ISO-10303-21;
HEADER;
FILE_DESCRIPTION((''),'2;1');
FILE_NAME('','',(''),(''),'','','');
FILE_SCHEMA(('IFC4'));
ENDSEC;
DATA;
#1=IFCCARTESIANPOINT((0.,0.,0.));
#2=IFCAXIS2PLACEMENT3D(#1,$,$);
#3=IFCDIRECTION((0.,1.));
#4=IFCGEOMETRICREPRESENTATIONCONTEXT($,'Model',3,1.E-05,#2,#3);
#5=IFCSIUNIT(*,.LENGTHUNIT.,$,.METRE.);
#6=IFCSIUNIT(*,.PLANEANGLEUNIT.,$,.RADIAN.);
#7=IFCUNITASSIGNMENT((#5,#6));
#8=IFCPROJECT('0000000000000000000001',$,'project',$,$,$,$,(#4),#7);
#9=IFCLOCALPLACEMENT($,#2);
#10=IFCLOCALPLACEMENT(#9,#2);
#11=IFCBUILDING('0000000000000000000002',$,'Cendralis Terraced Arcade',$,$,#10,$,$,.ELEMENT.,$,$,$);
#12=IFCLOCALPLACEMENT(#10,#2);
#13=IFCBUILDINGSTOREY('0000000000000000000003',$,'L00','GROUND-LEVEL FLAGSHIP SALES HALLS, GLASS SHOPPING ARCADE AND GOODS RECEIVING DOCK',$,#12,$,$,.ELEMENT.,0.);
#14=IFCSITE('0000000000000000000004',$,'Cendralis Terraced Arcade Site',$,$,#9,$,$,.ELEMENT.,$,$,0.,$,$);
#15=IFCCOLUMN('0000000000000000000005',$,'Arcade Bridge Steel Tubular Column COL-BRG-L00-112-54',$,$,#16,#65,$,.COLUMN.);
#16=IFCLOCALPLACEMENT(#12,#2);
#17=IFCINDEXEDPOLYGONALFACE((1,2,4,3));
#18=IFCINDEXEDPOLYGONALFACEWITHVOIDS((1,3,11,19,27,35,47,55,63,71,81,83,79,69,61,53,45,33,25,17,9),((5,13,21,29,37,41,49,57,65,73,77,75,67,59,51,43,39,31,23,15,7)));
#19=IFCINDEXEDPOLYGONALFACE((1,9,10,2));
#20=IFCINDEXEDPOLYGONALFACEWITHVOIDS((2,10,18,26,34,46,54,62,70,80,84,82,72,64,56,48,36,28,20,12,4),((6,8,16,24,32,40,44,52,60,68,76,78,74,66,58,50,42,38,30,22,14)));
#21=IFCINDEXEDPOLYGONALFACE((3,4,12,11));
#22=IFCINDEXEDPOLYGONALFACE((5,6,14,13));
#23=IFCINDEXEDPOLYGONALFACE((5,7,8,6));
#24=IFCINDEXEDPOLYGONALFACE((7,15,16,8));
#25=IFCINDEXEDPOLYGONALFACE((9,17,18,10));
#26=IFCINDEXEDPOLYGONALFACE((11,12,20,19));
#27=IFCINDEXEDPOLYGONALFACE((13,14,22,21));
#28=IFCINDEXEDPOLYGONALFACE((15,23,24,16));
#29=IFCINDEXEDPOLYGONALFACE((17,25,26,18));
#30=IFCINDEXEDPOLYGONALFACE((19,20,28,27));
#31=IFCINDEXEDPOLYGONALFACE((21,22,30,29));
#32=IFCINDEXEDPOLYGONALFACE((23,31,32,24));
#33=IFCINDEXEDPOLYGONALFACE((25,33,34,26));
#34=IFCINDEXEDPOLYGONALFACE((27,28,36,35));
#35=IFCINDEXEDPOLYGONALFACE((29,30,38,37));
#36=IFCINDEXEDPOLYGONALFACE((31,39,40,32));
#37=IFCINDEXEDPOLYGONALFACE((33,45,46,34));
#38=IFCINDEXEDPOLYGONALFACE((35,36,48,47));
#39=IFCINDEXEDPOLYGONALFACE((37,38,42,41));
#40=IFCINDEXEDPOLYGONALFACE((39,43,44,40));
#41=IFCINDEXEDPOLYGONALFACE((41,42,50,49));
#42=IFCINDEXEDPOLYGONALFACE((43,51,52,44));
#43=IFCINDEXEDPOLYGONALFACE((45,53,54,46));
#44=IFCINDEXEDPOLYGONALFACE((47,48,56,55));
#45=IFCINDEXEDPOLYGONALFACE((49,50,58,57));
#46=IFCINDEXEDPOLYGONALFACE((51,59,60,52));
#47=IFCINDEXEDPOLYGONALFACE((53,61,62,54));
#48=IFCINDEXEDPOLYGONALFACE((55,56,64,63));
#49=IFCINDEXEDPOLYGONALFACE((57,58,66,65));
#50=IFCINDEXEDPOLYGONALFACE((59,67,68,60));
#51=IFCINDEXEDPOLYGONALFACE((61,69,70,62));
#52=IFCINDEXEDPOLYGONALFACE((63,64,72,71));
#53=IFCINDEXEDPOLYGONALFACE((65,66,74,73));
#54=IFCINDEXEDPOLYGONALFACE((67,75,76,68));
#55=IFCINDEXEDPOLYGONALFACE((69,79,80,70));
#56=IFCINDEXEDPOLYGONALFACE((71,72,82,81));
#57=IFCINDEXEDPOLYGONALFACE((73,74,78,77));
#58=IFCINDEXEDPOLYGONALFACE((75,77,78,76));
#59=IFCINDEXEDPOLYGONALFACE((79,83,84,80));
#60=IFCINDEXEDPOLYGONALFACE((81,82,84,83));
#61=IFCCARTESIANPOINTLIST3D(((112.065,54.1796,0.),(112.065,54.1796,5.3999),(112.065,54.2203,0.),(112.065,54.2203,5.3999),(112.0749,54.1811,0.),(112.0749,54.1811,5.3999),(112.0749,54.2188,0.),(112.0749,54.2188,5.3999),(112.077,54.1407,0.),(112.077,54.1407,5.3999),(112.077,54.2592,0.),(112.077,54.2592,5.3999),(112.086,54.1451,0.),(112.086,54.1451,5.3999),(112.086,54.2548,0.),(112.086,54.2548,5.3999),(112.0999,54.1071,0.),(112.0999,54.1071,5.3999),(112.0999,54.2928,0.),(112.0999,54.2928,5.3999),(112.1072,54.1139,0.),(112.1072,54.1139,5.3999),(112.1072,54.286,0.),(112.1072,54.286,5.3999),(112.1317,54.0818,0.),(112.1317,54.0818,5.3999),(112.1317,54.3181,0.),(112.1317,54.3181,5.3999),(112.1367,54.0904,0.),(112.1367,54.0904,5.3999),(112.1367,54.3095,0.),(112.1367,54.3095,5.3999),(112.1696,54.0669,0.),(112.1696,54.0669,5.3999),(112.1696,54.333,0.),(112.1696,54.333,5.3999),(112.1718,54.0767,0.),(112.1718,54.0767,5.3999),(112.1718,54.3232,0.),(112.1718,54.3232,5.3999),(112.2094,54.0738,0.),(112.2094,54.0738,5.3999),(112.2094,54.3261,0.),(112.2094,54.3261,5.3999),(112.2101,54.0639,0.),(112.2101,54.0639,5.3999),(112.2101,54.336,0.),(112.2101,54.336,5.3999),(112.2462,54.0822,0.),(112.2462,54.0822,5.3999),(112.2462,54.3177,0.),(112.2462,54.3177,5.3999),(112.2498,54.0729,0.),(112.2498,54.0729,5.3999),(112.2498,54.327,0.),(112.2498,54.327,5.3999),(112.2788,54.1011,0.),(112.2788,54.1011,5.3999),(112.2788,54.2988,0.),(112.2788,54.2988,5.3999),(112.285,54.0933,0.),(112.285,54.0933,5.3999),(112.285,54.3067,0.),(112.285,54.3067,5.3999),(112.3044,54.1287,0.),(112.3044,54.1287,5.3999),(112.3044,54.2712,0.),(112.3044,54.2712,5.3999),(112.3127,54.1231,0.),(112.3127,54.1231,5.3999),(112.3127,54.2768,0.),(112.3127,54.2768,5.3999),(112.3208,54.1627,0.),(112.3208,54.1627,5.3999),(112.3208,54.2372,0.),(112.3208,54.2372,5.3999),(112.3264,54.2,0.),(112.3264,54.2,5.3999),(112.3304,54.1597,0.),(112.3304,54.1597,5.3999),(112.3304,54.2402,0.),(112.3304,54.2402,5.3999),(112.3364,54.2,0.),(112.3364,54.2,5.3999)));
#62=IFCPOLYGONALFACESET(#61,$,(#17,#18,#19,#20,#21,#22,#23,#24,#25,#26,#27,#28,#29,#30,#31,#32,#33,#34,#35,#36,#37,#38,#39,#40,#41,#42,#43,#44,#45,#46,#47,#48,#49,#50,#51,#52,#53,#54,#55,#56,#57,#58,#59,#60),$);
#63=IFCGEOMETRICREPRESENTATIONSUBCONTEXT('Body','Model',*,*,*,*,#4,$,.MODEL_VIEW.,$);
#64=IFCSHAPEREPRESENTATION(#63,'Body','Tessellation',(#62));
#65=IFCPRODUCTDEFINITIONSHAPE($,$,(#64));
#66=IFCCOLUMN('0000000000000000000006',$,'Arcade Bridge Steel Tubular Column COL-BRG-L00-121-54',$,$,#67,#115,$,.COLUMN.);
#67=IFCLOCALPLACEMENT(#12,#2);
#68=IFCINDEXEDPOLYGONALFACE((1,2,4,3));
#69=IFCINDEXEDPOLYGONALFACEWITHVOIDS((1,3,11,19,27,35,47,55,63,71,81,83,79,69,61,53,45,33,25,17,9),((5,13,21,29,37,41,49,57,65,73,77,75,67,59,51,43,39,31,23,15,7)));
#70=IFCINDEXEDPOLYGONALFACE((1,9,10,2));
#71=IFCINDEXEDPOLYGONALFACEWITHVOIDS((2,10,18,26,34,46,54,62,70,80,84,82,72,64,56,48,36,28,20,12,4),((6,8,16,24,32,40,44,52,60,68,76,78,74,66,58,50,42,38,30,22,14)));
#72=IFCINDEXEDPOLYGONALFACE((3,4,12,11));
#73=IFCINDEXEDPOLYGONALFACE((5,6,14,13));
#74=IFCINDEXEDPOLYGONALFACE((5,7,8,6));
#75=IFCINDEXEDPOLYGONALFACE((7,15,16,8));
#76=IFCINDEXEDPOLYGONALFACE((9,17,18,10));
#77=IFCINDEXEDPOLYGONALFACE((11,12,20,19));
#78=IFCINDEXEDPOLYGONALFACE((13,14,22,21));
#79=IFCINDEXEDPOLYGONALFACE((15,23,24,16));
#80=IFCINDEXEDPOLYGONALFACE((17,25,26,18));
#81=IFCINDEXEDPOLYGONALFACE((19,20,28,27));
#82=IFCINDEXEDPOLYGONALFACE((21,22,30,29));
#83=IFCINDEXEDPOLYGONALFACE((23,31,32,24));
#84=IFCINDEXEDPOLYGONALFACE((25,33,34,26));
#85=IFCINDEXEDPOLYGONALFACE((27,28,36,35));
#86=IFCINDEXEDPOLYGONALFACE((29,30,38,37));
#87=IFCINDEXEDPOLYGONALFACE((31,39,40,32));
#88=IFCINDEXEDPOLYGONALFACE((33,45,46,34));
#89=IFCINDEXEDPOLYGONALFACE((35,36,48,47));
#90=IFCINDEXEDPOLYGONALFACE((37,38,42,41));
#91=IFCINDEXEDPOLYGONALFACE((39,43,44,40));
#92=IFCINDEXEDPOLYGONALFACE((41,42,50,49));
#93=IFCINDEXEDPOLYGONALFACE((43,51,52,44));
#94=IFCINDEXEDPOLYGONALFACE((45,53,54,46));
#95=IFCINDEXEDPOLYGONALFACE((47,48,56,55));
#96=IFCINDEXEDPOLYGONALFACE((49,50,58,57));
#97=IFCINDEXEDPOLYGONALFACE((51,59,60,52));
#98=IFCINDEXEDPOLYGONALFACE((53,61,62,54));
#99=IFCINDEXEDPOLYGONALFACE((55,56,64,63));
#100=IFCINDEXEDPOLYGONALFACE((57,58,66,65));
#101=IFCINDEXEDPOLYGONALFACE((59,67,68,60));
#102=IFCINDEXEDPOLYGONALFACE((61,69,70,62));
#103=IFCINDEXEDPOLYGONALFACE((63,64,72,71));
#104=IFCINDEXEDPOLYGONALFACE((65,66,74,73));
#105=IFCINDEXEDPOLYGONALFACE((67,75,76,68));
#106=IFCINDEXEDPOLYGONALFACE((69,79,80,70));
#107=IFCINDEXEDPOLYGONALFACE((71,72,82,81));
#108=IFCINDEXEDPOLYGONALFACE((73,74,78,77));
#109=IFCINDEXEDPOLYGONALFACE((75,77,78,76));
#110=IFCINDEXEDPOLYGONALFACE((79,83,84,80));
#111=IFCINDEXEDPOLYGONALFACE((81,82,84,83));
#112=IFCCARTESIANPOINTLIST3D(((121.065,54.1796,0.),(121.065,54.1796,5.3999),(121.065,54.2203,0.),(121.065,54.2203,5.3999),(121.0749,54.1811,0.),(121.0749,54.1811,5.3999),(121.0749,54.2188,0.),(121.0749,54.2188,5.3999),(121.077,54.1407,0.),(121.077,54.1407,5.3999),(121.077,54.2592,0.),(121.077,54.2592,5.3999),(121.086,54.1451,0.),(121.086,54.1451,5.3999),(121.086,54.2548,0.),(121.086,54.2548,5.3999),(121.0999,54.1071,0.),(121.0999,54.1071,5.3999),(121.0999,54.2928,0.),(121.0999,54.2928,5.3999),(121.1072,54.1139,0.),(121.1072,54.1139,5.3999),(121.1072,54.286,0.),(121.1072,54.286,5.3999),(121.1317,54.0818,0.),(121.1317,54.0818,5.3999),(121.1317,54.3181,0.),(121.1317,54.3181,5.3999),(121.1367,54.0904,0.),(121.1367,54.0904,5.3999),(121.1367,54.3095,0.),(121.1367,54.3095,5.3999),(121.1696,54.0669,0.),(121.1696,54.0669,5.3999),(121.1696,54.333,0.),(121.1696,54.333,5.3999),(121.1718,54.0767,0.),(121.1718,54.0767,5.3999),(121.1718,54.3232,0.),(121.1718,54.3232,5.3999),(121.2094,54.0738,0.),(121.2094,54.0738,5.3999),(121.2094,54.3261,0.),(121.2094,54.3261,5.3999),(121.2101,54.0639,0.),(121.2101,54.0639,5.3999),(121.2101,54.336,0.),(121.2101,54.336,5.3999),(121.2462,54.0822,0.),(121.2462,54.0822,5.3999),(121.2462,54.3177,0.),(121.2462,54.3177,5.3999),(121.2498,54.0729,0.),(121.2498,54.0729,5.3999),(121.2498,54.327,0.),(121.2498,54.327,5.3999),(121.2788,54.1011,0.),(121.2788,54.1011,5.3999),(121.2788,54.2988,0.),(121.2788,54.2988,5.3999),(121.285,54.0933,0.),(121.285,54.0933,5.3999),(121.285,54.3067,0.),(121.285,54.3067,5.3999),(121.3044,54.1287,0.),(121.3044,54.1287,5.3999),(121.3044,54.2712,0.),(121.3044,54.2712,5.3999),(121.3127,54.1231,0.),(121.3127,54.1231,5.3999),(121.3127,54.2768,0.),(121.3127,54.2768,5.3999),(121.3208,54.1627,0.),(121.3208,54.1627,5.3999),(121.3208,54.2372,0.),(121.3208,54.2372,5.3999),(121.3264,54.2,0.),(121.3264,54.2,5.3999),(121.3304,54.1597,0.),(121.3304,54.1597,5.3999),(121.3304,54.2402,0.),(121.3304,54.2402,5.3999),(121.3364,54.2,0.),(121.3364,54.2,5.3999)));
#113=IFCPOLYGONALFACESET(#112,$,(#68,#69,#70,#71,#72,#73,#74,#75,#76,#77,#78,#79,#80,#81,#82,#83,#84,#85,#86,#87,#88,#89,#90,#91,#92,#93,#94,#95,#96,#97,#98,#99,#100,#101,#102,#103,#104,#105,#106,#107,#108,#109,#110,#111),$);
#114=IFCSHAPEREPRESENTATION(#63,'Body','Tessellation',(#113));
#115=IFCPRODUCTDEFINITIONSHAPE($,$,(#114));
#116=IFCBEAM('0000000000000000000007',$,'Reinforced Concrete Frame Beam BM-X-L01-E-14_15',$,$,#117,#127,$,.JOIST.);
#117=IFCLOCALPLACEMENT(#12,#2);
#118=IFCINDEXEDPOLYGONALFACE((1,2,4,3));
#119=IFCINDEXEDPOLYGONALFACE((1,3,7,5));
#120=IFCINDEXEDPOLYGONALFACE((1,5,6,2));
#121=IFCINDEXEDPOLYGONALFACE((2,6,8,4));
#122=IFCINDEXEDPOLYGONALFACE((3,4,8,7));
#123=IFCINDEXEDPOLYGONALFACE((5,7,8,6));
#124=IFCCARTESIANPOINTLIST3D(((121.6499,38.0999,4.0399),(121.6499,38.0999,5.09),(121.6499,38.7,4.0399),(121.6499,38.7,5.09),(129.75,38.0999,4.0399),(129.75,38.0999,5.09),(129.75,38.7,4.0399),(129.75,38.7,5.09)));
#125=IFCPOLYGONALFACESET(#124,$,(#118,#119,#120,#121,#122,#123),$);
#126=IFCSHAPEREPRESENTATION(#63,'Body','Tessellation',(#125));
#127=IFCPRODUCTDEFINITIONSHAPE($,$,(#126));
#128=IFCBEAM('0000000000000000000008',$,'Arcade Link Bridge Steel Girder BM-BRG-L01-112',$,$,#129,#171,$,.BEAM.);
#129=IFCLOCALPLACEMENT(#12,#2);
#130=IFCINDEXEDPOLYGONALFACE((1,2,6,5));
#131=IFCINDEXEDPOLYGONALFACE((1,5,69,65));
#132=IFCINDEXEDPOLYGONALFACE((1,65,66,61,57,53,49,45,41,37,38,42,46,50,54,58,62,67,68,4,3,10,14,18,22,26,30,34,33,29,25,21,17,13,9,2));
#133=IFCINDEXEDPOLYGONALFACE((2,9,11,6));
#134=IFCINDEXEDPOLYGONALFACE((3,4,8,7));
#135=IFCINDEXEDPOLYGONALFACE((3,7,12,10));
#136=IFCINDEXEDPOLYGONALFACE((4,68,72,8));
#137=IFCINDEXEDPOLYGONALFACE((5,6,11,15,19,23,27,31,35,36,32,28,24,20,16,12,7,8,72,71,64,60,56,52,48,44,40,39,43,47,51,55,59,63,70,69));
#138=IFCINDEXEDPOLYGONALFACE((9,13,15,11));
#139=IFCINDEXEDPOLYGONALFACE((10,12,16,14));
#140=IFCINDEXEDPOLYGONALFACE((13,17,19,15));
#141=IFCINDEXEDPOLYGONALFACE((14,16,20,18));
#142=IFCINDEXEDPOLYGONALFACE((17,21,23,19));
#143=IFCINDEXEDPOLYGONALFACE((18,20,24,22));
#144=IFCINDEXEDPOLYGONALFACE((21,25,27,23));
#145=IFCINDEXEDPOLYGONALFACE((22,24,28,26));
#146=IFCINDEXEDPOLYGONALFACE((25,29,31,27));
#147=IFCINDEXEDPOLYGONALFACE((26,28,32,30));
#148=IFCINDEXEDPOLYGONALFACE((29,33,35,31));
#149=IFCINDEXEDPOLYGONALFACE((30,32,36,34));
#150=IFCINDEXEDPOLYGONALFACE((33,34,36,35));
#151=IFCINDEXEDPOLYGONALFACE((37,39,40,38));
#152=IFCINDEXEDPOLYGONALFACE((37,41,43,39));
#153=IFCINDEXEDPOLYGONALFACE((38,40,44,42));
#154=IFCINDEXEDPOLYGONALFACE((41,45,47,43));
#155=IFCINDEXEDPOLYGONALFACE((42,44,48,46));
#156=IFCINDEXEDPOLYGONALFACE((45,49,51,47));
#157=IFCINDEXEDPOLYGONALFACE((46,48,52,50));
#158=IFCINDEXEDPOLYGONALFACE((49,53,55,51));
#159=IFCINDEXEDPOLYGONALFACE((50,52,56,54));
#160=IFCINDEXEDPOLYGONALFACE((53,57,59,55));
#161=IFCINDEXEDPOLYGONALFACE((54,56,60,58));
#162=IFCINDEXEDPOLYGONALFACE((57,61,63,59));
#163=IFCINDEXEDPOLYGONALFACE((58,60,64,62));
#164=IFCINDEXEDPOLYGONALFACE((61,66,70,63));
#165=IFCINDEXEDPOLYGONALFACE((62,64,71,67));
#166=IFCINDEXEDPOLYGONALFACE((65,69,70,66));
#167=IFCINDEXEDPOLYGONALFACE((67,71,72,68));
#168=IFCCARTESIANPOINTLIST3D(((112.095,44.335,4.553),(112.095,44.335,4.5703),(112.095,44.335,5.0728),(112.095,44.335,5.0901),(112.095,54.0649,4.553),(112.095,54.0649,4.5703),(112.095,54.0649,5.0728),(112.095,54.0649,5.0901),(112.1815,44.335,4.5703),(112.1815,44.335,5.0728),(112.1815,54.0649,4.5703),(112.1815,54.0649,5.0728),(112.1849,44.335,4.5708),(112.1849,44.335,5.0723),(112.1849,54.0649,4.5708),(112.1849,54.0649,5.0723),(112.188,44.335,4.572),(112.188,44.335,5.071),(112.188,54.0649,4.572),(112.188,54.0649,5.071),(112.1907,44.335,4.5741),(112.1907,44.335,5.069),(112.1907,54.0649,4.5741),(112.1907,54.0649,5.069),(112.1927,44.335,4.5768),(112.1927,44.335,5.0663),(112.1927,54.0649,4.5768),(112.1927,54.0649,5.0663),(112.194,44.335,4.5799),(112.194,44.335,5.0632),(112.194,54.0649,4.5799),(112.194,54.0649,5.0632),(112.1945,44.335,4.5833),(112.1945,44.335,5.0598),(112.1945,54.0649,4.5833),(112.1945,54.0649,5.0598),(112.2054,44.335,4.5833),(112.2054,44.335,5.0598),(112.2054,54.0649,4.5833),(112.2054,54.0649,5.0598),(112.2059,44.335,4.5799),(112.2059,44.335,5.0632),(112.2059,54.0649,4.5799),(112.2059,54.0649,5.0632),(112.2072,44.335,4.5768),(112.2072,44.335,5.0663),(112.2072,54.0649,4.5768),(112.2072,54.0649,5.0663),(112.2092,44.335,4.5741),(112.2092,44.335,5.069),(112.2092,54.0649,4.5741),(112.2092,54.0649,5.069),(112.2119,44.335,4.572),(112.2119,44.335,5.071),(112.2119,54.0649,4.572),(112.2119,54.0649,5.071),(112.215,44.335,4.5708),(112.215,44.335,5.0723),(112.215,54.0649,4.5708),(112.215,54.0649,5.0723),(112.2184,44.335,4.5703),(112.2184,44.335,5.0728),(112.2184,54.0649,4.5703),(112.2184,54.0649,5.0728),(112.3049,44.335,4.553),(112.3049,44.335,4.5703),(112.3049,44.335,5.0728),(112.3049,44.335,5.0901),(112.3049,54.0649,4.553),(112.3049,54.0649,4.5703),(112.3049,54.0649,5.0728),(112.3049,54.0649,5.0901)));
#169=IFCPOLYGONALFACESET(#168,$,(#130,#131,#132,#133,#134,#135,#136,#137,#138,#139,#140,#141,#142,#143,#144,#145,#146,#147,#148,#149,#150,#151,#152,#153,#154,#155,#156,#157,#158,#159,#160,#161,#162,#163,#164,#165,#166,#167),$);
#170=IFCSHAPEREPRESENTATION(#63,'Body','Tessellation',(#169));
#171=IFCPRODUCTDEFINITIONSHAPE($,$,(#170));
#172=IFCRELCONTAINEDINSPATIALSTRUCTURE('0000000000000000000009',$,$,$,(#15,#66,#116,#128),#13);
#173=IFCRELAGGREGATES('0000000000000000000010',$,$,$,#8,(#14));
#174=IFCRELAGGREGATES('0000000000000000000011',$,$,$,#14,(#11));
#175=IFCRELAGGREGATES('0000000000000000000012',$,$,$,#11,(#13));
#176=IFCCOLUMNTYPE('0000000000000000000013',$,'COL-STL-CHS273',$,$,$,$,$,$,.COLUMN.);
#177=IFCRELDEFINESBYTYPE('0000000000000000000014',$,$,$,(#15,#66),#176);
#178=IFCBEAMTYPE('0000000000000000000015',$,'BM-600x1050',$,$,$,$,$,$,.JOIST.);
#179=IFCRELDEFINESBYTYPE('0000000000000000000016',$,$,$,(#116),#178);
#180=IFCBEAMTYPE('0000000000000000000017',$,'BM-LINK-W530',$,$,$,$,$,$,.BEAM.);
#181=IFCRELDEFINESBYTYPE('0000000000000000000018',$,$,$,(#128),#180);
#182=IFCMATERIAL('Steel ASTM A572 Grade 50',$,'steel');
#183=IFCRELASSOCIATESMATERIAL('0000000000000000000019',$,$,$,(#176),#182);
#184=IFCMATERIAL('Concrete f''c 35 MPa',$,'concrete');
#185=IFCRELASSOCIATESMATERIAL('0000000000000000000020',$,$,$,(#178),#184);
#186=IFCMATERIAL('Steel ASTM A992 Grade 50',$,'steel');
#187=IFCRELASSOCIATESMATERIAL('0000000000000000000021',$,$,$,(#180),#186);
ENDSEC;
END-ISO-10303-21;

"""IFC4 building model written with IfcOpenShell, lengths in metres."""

from ifc_helpers import new_model, si_unit, direction, frame, origin, origin_2d, place, context, subcontext, project, spatial, rectangle, hollow_circle, i_section, extrude, material, material_profile, profile_set, type_object, element, save


model = new_model("IFC4")

# Units and contexts
model_context = context("Model", 3, precision=1e-05, world=origin(), true_north=direction((0.0, 1.0)))
body_context = subcontext(model_context, "Body", "Model", "MODEL_VIEW")
ifc_project = project(units=[si_unit("LENGTHUNIT", "METRE"), si_unit("PLANEANGLEUNIT", "RADIAN")], contexts=[model_context])

# Site, building, storey
site_placement = place(None, origin())
site = spatial("IfcSite", under=ifc_project, at=site_placement, Name="Cendralis Terraced Arcade Site", CompositionType="ELEMENT", RefElevation=0.0)
building_placement = place(site_placement, origin())
building = spatial("IfcBuilding", under=site, at=building_placement, Name="Cendralis Terraced Arcade", CompositionType="ELEMENT")
storey_placement = place(building_placement, origin())
storey = spatial("IfcBuildingStorey", under=building, at=storey_placement, Name="L00", Description="GROUND-LEVEL FLAGSHIP SALES HALLS, GLASS SHOPPING ARCADE AND GOODS RECEIVING DOCK", CompositionType="ELEMENT", Elevation=0.0)

# Columns
ifc_material_1 = material(Name="Steel ASTM A572 Grade 50", Category="steel")
ifc_material_profile_1 = material_profile(ifc_material_1, hollow_circle(Radius=0.1365, WallThickness=0.01, at=origin_2d()), Name="CHS273X10", Category="LoadBearing")
ifc_profile_set_1 = profile_set([ifc_material_profile_1], Name="Steel ASTM A572 Grade 50")
column_type_1 = type_object("IfcColumnType", Name="COL-STL-CHS273", PredefinedType="COLUMN", material=ifc_profile_set_1)
for number, where, z_axis, x_axis, name in (
    (1, (112.2, 54.2, 0.0), (0.0, 0.0, 1.0), (1.0, 0.0, 0.0), "Arcade Bridge Steel Tubular Column COL-BRG-L00-112-54"),
    (2, (121.2, 54.2, 0.0), (0.0, 0.0, 1.0), (1.0, 0.0, 0.0), "Arcade Bridge Steel Tubular Column COL-BRG-L00-121-54"),
):
    element("IfcColumn", number, at=place(storey_placement, frame(where, z_axis=z_axis, x_axis=x_axis)), inside=storey, type_object=column_type_1, Name=name, PredefinedType="COLUMN", context=body_context, shape_type="SweptSolid", body=[
        extrude(hollow_circle(Radius=0.1365, WallThickness=0.01, at=origin_2d()), origin(), (0.0, 0.0, 1.0), 5.3999),
    ])

# Beams
ifc_material_2 = material(Name="Concrete f'c 35 MPa", Category="concrete")
ifc_material_profile_2 = material_profile(ifc_material_2, rectangle(XDim=0.6001, YDim=1.05, at=origin_2d()), Name="RC-BM-600x1050", Category="LoadBearing")
ifc_profile_set_2 = profile_set([ifc_material_profile_2], Name="Concrete f'c 35 MPa")
beam_type_1 = type_object("IfcBeamType", Name="BM-600x1050", PredefinedType="JOIST", material=ifc_profile_set_2)
beam_placement = place(storey_placement, frame((121.6499, 38.3999, 4.5649), z_axis=(1.0, 0.0, 0.0), x_axis=(0.0, 1.0, 0.0)))
element("IfcBeam", 3, at=beam_placement, inside=storey, type_object=beam_type_1, Name="Reinforced Concrete Frame Beam BM-X-L01-E-14_15", PredefinedType="JOIST", context=body_context, shape_type="SweptSolid", body=[
    extrude(rectangle(XDim=0.6001, YDim=1.05, at=origin_2d()), origin(), (0.0, 0.0, 1.0), 8.1001),
])
ifc_material_3 = material(Name="Steel ASTM A992 Grade 50", Category="steel")
ifc_material_profile_3 = material_profile(ifc_material_3, i_section(OverallWidth=0.21, OverallDepth=0.5371, WebThickness=0.011, FlangeThickness=0.0173, FilletRadius=0.0129, at=origin_2d()), Name="W530X101", Category="LoadBearing")
ifc_profile_set_3 = profile_set([ifc_material_profile_3], Name="Steel ASTM A992 Grade 50")
beam_type_2 = type_object("IfcBeamType", Name="BM-LINK-W530", PredefinedType="BEAM", material=ifc_profile_set_3)
for number, where, z_axis, x_axis, name in (
    (4, (112.2, 44.335, 4.8215), (0.0, 1.0, 0.0), (-1.0, 0.0, 0.0), "Arcade Link Bridge Steel Girder BM-BRG-L01-112"),
):
    element("IfcBeam", number, at=place(storey_placement, frame(where, z_axis=z_axis, x_axis=x_axis)), inside=storey, type_object=beam_type_2, Name=name, PredefinedType="BEAM", context=body_context, shape_type="SweptSolid", body=[
        extrude(i_section(OverallWidth=0.21, OverallDepth=0.5371, WebThickness=0.011, FlangeThickness=0.0173, FilletRadius=0.0129, at=origin_2d()), origin(), (0.0, 0.0, 1.0), 9.73),
    ])

save(model, "model.ifc")
